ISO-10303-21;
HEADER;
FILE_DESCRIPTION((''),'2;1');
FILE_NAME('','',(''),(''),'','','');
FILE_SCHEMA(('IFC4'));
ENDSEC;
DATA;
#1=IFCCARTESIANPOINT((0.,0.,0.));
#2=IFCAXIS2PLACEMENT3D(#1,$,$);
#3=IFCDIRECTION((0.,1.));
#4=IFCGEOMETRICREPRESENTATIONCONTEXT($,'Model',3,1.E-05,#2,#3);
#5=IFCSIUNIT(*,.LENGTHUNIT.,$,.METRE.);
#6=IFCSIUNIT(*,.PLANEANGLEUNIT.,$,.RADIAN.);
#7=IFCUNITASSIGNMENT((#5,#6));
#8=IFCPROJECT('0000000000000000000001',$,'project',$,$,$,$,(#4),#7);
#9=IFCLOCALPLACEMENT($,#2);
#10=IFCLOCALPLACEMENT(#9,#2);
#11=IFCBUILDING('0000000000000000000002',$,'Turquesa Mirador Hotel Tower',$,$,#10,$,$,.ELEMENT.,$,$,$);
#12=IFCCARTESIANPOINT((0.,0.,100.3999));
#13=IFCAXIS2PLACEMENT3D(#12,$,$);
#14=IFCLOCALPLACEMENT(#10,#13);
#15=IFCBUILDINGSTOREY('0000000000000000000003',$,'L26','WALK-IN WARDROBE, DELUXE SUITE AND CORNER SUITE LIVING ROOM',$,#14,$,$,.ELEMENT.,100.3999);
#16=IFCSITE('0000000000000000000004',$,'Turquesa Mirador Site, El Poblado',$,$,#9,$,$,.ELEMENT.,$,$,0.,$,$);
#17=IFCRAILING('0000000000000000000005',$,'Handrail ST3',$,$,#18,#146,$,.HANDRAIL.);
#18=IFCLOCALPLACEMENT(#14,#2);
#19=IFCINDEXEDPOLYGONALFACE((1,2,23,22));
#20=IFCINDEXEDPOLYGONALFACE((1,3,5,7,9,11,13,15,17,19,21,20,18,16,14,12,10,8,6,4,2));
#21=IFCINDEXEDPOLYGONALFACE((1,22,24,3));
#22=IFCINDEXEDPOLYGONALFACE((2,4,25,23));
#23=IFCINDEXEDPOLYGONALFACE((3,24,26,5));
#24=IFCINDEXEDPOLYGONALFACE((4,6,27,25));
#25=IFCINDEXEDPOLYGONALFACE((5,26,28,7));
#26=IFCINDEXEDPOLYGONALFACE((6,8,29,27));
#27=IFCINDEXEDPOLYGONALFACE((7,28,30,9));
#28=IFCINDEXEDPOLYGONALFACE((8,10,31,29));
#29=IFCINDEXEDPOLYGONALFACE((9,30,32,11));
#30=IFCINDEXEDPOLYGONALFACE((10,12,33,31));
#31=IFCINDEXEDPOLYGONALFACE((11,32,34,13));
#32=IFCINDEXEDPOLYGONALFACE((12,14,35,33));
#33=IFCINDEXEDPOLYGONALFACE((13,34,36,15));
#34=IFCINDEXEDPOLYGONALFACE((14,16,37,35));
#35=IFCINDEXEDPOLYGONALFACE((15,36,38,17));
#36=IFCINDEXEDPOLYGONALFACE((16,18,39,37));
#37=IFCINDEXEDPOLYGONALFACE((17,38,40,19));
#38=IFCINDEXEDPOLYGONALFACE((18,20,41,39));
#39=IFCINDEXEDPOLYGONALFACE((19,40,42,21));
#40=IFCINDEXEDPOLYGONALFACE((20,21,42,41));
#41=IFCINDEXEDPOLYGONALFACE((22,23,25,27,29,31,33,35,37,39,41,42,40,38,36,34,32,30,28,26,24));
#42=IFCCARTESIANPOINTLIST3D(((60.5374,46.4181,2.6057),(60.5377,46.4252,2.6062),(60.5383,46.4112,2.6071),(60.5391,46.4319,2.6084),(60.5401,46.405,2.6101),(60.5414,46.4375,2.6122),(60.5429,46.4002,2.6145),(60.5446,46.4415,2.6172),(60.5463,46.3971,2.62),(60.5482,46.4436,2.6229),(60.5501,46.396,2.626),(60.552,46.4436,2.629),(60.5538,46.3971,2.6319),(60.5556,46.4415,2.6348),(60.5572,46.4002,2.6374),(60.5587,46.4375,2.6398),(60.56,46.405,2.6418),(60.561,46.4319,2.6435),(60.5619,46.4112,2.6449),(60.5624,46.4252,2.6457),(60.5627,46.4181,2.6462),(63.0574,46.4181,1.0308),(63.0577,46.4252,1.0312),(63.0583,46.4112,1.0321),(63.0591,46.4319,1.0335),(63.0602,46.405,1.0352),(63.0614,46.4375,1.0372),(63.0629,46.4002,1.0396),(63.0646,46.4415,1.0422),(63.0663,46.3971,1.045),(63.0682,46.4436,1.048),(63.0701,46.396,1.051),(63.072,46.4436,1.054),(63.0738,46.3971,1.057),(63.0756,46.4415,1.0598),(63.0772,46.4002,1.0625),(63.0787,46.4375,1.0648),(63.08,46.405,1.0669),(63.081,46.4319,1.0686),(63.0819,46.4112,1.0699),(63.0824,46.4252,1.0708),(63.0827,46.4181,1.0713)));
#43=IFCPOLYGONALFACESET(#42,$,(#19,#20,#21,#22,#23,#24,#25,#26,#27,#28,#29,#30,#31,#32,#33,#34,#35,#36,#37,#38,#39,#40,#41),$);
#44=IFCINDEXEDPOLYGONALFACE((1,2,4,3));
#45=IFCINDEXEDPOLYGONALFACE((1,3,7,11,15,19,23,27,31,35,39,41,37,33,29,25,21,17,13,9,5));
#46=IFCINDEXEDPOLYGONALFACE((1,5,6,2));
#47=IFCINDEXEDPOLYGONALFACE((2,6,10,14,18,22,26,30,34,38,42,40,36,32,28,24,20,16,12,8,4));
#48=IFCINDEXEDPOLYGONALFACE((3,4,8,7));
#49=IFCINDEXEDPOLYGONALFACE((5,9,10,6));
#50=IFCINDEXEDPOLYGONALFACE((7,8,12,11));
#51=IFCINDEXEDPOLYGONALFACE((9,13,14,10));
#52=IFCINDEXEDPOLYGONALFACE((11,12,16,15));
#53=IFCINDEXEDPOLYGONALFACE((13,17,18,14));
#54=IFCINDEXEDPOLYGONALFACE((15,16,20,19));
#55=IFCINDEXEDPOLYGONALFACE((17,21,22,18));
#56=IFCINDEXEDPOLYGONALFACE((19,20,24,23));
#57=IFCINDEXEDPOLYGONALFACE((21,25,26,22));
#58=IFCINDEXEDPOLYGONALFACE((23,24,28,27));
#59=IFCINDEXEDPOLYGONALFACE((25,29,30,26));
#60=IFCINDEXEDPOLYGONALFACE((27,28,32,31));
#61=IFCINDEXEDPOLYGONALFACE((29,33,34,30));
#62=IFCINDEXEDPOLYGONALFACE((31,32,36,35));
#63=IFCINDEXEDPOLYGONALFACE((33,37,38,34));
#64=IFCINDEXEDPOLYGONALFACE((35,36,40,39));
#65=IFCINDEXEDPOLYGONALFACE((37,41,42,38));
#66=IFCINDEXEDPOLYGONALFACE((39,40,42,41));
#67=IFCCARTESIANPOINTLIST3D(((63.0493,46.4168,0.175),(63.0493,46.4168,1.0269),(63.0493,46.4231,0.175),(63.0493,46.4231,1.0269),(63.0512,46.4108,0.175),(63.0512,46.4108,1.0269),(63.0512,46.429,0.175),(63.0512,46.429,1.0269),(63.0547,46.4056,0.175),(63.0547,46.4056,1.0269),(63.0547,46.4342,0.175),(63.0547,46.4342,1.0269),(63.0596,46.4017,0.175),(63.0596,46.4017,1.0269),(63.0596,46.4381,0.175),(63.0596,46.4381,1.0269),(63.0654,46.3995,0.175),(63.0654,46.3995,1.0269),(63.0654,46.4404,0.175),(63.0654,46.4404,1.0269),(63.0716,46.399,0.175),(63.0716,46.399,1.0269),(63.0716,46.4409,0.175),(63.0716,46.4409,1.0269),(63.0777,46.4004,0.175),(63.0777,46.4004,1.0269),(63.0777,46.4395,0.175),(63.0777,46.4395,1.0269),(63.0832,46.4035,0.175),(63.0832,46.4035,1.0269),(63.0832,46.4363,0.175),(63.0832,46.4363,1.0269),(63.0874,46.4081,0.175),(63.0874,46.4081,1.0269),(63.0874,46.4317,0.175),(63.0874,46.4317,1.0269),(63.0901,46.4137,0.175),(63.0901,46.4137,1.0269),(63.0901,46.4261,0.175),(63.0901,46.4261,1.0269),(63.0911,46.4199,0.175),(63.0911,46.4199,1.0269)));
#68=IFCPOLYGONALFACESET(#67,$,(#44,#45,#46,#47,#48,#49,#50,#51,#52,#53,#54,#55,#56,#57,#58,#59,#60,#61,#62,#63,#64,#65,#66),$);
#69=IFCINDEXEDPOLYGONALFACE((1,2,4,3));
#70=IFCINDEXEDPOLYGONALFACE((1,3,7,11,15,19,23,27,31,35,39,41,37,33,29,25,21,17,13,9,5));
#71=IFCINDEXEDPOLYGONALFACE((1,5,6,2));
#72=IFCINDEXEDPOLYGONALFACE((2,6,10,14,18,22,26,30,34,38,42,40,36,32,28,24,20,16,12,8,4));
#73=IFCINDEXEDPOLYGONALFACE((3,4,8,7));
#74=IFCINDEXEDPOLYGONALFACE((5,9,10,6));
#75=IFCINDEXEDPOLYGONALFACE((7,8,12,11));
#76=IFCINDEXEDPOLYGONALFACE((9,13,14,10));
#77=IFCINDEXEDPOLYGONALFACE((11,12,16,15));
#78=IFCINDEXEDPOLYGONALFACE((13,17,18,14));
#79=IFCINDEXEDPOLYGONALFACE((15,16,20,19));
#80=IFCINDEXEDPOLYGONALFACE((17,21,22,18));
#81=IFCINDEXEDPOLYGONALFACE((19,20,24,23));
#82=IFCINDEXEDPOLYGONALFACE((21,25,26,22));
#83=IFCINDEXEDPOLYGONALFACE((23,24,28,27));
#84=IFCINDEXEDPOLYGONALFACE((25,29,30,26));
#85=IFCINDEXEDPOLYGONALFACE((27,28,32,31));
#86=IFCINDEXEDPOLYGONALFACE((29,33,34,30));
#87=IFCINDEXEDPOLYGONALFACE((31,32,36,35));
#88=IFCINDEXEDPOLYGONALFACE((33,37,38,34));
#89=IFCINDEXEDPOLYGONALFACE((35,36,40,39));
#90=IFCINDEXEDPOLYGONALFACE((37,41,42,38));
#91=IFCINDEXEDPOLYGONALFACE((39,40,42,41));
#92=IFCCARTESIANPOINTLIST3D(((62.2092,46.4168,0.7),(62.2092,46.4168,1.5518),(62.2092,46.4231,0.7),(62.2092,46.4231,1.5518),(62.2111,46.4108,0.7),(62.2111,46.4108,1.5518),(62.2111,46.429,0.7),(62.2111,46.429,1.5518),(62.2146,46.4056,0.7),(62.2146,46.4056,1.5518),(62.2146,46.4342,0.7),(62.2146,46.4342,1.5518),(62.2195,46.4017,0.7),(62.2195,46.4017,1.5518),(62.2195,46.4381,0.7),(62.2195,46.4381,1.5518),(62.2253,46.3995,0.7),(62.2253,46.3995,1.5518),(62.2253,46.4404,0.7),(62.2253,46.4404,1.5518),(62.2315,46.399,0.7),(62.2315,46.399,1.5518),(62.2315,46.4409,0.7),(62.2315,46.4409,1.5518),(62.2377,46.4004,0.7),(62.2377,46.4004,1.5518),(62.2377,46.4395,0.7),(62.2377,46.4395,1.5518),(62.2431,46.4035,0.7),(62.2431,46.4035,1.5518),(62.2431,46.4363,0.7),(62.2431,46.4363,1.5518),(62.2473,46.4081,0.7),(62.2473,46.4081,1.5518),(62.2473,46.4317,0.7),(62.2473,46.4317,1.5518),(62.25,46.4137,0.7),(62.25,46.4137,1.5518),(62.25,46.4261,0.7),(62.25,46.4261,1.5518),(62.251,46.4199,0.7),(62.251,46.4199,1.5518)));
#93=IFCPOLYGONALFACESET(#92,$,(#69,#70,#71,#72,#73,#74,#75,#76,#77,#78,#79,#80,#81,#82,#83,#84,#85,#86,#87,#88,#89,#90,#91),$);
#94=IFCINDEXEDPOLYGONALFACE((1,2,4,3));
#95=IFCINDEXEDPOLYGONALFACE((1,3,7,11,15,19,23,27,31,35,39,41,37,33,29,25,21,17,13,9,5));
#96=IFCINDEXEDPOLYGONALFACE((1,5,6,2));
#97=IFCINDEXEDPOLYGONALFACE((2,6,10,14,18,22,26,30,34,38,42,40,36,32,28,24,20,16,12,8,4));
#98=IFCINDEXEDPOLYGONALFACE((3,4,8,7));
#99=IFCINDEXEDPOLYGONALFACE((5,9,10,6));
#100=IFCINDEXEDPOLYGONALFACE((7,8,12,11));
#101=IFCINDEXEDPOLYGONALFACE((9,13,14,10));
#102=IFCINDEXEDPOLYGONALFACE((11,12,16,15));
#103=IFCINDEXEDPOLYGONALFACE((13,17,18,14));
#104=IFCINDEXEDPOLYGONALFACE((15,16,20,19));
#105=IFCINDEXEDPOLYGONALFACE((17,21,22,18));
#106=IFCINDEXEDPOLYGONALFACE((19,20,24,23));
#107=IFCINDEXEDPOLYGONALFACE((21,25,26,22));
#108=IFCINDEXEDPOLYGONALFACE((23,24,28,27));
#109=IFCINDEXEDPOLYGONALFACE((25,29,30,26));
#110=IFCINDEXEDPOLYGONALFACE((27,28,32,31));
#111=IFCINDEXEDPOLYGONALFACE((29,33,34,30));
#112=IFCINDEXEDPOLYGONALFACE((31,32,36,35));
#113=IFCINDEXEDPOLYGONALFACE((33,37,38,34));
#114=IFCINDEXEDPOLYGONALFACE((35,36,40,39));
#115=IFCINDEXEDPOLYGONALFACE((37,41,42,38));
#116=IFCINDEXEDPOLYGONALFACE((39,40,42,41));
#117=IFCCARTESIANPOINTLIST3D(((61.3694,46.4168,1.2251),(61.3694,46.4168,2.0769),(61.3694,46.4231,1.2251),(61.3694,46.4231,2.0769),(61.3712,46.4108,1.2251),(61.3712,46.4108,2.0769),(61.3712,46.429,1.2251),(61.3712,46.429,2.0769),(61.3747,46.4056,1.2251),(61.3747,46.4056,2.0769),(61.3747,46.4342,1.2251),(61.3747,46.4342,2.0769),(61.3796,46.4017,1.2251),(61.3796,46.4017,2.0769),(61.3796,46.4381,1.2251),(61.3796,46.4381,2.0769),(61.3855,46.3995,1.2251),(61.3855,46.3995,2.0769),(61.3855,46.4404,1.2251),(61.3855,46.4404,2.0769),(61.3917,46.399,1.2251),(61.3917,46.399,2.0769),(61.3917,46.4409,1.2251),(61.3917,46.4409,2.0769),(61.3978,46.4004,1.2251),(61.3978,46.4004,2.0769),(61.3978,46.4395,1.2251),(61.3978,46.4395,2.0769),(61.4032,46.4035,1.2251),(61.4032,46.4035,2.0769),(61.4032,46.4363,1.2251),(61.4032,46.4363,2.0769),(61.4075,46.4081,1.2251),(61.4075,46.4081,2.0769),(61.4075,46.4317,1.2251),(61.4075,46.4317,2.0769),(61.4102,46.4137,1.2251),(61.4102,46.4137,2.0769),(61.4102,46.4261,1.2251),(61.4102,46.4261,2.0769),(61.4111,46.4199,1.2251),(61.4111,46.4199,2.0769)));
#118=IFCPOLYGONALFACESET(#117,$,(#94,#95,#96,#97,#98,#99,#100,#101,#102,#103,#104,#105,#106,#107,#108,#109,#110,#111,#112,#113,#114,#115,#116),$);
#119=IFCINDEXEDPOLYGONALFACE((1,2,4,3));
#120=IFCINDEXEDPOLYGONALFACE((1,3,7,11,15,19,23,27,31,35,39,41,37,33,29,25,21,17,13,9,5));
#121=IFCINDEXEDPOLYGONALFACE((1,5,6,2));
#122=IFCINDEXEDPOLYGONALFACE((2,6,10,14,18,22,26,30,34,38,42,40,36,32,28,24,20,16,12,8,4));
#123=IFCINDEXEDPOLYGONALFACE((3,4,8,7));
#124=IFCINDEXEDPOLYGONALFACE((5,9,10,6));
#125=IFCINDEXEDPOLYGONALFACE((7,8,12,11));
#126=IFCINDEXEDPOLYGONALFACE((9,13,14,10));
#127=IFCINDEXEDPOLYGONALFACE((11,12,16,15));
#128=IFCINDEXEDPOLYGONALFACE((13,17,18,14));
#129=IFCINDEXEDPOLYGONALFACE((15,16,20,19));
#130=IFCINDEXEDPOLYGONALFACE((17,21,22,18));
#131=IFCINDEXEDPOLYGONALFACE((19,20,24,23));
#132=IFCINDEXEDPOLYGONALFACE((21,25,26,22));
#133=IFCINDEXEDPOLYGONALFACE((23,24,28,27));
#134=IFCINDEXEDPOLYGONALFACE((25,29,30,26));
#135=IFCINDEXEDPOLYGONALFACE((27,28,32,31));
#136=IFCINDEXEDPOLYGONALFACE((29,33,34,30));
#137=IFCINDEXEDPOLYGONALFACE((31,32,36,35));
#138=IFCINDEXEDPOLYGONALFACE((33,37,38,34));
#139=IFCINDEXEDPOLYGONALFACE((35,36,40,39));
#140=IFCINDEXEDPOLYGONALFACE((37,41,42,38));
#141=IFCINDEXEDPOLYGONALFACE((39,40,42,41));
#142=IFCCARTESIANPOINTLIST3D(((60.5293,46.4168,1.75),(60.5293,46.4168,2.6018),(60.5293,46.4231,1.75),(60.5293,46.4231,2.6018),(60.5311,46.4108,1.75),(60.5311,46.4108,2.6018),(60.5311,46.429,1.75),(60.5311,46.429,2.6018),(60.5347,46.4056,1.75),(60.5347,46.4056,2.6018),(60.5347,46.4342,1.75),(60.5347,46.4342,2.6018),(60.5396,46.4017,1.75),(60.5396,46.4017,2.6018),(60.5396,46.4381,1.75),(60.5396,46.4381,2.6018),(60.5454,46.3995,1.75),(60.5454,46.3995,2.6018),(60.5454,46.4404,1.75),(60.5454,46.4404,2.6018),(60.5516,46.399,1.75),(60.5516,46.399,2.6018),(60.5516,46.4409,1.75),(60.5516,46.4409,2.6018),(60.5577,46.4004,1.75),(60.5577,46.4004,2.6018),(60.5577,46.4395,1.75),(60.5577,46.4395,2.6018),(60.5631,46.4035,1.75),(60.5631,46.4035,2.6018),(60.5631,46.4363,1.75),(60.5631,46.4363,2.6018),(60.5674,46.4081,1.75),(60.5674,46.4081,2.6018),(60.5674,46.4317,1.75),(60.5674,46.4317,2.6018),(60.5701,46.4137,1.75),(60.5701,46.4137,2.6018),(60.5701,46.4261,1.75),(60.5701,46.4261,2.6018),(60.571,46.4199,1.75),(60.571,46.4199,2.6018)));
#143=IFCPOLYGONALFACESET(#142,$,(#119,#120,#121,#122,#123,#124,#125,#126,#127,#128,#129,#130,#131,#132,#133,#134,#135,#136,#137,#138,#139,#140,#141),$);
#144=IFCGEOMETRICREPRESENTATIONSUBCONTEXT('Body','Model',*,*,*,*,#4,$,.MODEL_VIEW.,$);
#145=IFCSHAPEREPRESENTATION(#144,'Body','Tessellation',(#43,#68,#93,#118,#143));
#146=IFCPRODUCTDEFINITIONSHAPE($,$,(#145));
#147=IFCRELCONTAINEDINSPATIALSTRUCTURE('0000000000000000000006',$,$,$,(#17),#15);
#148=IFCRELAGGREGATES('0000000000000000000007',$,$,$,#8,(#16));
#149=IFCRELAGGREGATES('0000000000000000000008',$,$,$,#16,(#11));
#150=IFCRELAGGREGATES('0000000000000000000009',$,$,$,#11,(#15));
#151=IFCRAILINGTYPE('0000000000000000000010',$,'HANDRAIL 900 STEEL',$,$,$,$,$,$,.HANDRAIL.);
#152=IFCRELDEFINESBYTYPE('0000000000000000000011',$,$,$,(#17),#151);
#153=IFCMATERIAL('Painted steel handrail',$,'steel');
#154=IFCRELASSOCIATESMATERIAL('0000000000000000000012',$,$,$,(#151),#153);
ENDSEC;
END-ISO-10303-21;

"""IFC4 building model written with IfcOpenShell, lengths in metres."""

from ifc_helpers import new_model, si_unit, direction, frame, origin, origin_2d, place, context, subcontext, project, spatial, circle, extrude, material, type_object, element, save


model = new_model("IFC4")

# Units and contexts
model_context = context("Model", 3, precision=1e-05, world=origin(), true_north=direction((0.0, 1.0)))
body_context = subcontext(model_context, "Body", "Model", "MODEL_VIEW")
ifc_project = project(units=[si_unit("LENGTHUNIT", "METRE"), si_unit("PLANEANGLEUNIT", "RADIAN")], contexts=[model_context])

# Site, building, storey
site_placement = place(None, origin())
site = spatial("IfcSite", under=ifc_project, at=site_placement, Name="Turquesa Mirador Site, El Poblado", CompositionType="ELEMENT", RefElevation=0.0)
building_placement = place(site_placement, origin())
building = spatial("IfcBuilding", under=site, at=building_placement, Name="Turquesa Mirador Hotel Tower", CompositionType="ELEMENT")
storey_placement = place(building_placement, frame((0.0, 0.0, 100.3999)))
storey = spatial("IfcBuildingStorey", under=building, at=storey_placement, Name="L26", Description="WALK-IN WARDROBE, DELUXE SUITE AND CORNER SUITE LIVING ROOM", CompositionType="ELEMENT", Elevation=100.3999)

# Railing
ifc_material_1 = material(Name="Painted steel handrail", Category="steel")
railing_type = type_object("IfcRailingType", Name="HANDRAIL 900 STEEL", PredefinedType="HANDRAIL", material=ifc_material_1)
railing_1_placement = place(storey_placement, frame((63.0701, 46.4199, 0.175)))
element("IfcRailing", 1, at=railing_1_placement, inside=storey, type_object=railing_type, Name="Handrail ST3", PredefinedType="HANDRAIL", context=body_context, shape_type="SweptSolid", body=[
    extrude(circle(Radius=0.0239, at=origin_2d()), frame((0.0, 0.0, 0.876), z_axis=(-0.848008, 0.0, 0.529984), x_axis=(0.0, -1.0, 0.0)), (0.0, 0.0, 1.0), 2.9717),
    extrude(circle(Radius=0.021, at=origin_2d()), origin(), (0.0, 0.0, 1.0), 0.8518),
    extrude(circle(Radius=0.021, at=origin_2d()), frame((-0.8401, 0.0, 0.5249)), (0.0, 0.0, 1.0), 0.8518),
    extrude(circle(Radius=0.021, at=origin_2d()), frame((-1.6799, 0.0, 1.05)), (0.0, 0.0, 1.0), 0.8518),
    extrude(circle(Radius=0.021, at=origin_2d()), frame((-2.52, 0.0, 1.575)), (0.0, 0.0, 1.0), 0.8518),
])

save(model, "model.ifc")
